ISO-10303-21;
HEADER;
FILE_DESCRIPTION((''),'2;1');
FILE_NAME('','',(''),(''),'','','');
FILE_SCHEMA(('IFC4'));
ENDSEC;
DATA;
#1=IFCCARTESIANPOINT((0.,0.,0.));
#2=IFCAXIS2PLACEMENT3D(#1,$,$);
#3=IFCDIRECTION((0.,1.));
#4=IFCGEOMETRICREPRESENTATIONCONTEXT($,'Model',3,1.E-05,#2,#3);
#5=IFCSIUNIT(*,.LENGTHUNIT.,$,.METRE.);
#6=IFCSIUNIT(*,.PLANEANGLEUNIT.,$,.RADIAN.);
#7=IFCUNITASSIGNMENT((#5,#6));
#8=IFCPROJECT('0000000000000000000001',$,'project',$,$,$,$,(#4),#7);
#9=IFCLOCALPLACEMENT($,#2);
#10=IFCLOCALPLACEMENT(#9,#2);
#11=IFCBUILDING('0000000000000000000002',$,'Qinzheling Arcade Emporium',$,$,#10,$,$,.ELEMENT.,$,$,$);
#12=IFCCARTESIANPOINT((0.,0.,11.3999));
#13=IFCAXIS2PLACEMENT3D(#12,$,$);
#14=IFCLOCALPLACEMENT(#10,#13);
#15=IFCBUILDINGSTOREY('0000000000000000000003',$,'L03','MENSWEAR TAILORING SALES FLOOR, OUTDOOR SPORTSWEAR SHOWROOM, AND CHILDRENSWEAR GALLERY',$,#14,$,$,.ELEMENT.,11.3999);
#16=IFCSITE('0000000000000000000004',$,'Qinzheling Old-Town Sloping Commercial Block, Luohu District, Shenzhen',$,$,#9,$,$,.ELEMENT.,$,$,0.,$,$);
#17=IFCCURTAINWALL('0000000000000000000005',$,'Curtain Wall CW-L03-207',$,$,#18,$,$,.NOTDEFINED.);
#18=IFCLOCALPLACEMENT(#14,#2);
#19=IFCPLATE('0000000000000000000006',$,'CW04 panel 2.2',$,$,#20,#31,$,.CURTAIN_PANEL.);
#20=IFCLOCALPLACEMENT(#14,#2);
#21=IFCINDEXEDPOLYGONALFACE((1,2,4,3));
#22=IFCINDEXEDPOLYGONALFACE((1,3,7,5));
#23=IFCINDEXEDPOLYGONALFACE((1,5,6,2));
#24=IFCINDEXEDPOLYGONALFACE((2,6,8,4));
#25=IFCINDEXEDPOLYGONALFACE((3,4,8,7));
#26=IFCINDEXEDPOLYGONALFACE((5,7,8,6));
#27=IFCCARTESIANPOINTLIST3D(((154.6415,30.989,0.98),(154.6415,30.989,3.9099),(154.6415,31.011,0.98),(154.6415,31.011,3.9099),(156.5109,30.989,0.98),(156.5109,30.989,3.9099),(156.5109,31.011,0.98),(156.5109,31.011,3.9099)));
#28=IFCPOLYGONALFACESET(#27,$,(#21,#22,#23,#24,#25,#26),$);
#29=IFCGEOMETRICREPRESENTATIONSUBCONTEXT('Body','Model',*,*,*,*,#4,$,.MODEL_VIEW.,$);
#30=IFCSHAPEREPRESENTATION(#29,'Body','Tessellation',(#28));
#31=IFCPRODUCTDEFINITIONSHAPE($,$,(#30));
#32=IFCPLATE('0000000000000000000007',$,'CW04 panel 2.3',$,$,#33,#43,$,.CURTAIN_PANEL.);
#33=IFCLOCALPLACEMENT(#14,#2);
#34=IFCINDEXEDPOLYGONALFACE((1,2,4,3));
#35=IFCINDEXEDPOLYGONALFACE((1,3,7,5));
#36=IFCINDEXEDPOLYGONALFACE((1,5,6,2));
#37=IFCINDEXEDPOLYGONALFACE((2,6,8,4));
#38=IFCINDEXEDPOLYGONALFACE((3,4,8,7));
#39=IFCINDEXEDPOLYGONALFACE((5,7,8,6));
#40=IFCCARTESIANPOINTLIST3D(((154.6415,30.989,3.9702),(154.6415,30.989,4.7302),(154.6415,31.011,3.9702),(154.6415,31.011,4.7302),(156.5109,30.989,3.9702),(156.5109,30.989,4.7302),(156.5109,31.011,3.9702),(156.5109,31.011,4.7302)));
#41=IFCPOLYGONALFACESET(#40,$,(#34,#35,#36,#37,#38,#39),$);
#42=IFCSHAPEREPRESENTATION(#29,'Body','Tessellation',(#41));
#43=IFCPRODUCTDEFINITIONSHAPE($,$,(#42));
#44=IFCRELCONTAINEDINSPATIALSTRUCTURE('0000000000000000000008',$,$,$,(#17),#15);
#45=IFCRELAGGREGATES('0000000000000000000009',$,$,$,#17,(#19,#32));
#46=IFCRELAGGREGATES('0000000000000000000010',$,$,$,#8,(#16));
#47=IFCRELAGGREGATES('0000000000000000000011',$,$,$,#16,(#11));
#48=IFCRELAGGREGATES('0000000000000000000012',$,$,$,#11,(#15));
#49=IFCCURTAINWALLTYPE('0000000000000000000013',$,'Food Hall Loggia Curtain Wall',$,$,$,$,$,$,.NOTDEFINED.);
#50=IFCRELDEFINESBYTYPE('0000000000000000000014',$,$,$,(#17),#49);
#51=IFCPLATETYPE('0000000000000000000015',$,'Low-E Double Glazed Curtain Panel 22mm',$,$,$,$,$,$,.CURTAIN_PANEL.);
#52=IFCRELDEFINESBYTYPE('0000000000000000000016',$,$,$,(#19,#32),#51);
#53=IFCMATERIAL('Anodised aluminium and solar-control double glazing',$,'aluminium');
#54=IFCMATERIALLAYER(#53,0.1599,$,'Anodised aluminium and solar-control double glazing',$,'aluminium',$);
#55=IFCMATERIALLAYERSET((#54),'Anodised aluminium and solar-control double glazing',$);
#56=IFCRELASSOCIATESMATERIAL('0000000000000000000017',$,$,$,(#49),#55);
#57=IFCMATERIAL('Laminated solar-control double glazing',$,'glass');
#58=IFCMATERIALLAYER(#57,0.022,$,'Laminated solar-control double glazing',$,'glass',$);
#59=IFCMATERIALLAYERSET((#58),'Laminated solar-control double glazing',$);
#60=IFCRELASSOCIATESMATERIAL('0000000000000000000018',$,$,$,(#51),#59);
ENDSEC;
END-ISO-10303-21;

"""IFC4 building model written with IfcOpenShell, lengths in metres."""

from ifc_helpers import new_model, si_unit, direction, frame, origin, origin_2d, place, context, subcontext, project, spatial, rectangle, extrude, material, layer, layer_set, type_object, element, aggregate, save


model = new_model("IFC4")

# Units and contexts
model_context = context("Model", 3, precision=1e-05, world=origin(), true_north=direction((0.0, 1.0)))
body_context = subcontext(model_context, "Body", "Model", "MODEL_VIEW")
ifc_project = project(units=[si_unit("LENGTHUNIT", "METRE"), si_unit("PLANEANGLEUNIT", "RADIAN")], contexts=[model_context])

# Site, building, storey
site_placement = place(None, origin())
site = spatial("IfcSite", under=ifc_project, at=site_placement, Name="Qinzheling Old-Town Sloping Commercial Block, Luohu District, Shenzhen", CompositionType="ELEMENT", RefElevation=0.0)
building_placement = place(site_placement, origin())
building = spatial("IfcBuilding", under=site, at=building_placement, Name="Qinzheling Arcade Emporium", CompositionType="ELEMENT")
storey_placement = place(building_placement, frame((0.0, 0.0, 11.3999)))
storey = spatial("IfcBuildingStorey", under=building, at=storey_placement, Name="L03", Description="MENSWEAR TAILORING SALES FLOOR, OUTDOOR SPORTSWEAR SHOWROOM, AND CHILDRENSWEAR GALLERY", CompositionType="ELEMENT", Elevation=11.3999)

# Curtain wall, plates
ifc_material_1 = material(Name="Anodised aluminium and solar-control double glazing", Category="aluminium")
ifc_layer_1 = layer(ifc_material_1, 0.1599, Name="Anodised aluminium and solar-control double glazing", Category="aluminium")
ifc_layer_set_1 = layer_set([ifc_layer_1], Name="Anodised aluminium and solar-control double glazing")
curtain_wall_type = type_object("IfcCurtainWallType", Name="Food Hall Loggia Curtain Wall", PredefinedType="NOTDEFINED", material=ifc_layer_set_1)
curtain_wall_placement = place(storey_placement, origin())
curtain_wall = element("IfcCurtainWall", 1, at=curtain_wall_placement, inside=storey, type_object=curtain_wall_type, Name="Curtain Wall CW-L03-207", PredefinedType="NOTDEFINED")
ifc_material_2 = material(Name="Laminated solar-control double glazing", Category="glass")
ifc_layer_2 = layer(ifc_material_2, 0.022, Name="Laminated solar-control double glazing", Category="glass")
ifc_layer_set_2 = layer_set([ifc_layer_2], Name="Laminated solar-control double glazing")
plate_type = type_object("IfcPlateType", Name="Low-E Double Glazed Curtain Panel 22mm", PredefinedType="CURTAIN_PANEL", material=ifc_layer_set_2)
plate_1_placement = place(storey_placement, frame((155.5762, 31.0, 0.98), z_axis=(0.0, 0.0, 1.0), x_axis=(1.0, 0.0, 0.0)))
plate_1 = element("IfcPlate", 2, at=plate_1_placement, type_object=plate_type, Name="CW04 panel 2.2", PredefinedType="CURTAIN_PANEL", context=body_context, shape_type="SweptSolid", body=[
    extrude(rectangle(XDim=1.8694, YDim=0.022, at=origin_2d()), origin(), (0.0, 0.0, 1.0), 2.9299),
])
plate_2_placement = place(storey_placement, frame((155.5762, 31.0, 3.9702), z_axis=(0.0, 0.0, 1.0), x_axis=(1.0, 0.0, 0.0)))
plate_2 = element("IfcPlate", 3, at=plate_2_placement, type_object=plate_type, Name="CW04 panel 2.3", PredefinedType="CURTAIN_PANEL", context=body_context, shape_type="SweptSolid", body=[
    extrude(rectangle(XDim=1.8694, YDim=0.022, at=origin_2d()), origin(), (0.0, 0.0, 1.0), 0.76),
])
aggregate(curtain_wall, [plate_1, plate_2])

save(model, "model.ifc")
